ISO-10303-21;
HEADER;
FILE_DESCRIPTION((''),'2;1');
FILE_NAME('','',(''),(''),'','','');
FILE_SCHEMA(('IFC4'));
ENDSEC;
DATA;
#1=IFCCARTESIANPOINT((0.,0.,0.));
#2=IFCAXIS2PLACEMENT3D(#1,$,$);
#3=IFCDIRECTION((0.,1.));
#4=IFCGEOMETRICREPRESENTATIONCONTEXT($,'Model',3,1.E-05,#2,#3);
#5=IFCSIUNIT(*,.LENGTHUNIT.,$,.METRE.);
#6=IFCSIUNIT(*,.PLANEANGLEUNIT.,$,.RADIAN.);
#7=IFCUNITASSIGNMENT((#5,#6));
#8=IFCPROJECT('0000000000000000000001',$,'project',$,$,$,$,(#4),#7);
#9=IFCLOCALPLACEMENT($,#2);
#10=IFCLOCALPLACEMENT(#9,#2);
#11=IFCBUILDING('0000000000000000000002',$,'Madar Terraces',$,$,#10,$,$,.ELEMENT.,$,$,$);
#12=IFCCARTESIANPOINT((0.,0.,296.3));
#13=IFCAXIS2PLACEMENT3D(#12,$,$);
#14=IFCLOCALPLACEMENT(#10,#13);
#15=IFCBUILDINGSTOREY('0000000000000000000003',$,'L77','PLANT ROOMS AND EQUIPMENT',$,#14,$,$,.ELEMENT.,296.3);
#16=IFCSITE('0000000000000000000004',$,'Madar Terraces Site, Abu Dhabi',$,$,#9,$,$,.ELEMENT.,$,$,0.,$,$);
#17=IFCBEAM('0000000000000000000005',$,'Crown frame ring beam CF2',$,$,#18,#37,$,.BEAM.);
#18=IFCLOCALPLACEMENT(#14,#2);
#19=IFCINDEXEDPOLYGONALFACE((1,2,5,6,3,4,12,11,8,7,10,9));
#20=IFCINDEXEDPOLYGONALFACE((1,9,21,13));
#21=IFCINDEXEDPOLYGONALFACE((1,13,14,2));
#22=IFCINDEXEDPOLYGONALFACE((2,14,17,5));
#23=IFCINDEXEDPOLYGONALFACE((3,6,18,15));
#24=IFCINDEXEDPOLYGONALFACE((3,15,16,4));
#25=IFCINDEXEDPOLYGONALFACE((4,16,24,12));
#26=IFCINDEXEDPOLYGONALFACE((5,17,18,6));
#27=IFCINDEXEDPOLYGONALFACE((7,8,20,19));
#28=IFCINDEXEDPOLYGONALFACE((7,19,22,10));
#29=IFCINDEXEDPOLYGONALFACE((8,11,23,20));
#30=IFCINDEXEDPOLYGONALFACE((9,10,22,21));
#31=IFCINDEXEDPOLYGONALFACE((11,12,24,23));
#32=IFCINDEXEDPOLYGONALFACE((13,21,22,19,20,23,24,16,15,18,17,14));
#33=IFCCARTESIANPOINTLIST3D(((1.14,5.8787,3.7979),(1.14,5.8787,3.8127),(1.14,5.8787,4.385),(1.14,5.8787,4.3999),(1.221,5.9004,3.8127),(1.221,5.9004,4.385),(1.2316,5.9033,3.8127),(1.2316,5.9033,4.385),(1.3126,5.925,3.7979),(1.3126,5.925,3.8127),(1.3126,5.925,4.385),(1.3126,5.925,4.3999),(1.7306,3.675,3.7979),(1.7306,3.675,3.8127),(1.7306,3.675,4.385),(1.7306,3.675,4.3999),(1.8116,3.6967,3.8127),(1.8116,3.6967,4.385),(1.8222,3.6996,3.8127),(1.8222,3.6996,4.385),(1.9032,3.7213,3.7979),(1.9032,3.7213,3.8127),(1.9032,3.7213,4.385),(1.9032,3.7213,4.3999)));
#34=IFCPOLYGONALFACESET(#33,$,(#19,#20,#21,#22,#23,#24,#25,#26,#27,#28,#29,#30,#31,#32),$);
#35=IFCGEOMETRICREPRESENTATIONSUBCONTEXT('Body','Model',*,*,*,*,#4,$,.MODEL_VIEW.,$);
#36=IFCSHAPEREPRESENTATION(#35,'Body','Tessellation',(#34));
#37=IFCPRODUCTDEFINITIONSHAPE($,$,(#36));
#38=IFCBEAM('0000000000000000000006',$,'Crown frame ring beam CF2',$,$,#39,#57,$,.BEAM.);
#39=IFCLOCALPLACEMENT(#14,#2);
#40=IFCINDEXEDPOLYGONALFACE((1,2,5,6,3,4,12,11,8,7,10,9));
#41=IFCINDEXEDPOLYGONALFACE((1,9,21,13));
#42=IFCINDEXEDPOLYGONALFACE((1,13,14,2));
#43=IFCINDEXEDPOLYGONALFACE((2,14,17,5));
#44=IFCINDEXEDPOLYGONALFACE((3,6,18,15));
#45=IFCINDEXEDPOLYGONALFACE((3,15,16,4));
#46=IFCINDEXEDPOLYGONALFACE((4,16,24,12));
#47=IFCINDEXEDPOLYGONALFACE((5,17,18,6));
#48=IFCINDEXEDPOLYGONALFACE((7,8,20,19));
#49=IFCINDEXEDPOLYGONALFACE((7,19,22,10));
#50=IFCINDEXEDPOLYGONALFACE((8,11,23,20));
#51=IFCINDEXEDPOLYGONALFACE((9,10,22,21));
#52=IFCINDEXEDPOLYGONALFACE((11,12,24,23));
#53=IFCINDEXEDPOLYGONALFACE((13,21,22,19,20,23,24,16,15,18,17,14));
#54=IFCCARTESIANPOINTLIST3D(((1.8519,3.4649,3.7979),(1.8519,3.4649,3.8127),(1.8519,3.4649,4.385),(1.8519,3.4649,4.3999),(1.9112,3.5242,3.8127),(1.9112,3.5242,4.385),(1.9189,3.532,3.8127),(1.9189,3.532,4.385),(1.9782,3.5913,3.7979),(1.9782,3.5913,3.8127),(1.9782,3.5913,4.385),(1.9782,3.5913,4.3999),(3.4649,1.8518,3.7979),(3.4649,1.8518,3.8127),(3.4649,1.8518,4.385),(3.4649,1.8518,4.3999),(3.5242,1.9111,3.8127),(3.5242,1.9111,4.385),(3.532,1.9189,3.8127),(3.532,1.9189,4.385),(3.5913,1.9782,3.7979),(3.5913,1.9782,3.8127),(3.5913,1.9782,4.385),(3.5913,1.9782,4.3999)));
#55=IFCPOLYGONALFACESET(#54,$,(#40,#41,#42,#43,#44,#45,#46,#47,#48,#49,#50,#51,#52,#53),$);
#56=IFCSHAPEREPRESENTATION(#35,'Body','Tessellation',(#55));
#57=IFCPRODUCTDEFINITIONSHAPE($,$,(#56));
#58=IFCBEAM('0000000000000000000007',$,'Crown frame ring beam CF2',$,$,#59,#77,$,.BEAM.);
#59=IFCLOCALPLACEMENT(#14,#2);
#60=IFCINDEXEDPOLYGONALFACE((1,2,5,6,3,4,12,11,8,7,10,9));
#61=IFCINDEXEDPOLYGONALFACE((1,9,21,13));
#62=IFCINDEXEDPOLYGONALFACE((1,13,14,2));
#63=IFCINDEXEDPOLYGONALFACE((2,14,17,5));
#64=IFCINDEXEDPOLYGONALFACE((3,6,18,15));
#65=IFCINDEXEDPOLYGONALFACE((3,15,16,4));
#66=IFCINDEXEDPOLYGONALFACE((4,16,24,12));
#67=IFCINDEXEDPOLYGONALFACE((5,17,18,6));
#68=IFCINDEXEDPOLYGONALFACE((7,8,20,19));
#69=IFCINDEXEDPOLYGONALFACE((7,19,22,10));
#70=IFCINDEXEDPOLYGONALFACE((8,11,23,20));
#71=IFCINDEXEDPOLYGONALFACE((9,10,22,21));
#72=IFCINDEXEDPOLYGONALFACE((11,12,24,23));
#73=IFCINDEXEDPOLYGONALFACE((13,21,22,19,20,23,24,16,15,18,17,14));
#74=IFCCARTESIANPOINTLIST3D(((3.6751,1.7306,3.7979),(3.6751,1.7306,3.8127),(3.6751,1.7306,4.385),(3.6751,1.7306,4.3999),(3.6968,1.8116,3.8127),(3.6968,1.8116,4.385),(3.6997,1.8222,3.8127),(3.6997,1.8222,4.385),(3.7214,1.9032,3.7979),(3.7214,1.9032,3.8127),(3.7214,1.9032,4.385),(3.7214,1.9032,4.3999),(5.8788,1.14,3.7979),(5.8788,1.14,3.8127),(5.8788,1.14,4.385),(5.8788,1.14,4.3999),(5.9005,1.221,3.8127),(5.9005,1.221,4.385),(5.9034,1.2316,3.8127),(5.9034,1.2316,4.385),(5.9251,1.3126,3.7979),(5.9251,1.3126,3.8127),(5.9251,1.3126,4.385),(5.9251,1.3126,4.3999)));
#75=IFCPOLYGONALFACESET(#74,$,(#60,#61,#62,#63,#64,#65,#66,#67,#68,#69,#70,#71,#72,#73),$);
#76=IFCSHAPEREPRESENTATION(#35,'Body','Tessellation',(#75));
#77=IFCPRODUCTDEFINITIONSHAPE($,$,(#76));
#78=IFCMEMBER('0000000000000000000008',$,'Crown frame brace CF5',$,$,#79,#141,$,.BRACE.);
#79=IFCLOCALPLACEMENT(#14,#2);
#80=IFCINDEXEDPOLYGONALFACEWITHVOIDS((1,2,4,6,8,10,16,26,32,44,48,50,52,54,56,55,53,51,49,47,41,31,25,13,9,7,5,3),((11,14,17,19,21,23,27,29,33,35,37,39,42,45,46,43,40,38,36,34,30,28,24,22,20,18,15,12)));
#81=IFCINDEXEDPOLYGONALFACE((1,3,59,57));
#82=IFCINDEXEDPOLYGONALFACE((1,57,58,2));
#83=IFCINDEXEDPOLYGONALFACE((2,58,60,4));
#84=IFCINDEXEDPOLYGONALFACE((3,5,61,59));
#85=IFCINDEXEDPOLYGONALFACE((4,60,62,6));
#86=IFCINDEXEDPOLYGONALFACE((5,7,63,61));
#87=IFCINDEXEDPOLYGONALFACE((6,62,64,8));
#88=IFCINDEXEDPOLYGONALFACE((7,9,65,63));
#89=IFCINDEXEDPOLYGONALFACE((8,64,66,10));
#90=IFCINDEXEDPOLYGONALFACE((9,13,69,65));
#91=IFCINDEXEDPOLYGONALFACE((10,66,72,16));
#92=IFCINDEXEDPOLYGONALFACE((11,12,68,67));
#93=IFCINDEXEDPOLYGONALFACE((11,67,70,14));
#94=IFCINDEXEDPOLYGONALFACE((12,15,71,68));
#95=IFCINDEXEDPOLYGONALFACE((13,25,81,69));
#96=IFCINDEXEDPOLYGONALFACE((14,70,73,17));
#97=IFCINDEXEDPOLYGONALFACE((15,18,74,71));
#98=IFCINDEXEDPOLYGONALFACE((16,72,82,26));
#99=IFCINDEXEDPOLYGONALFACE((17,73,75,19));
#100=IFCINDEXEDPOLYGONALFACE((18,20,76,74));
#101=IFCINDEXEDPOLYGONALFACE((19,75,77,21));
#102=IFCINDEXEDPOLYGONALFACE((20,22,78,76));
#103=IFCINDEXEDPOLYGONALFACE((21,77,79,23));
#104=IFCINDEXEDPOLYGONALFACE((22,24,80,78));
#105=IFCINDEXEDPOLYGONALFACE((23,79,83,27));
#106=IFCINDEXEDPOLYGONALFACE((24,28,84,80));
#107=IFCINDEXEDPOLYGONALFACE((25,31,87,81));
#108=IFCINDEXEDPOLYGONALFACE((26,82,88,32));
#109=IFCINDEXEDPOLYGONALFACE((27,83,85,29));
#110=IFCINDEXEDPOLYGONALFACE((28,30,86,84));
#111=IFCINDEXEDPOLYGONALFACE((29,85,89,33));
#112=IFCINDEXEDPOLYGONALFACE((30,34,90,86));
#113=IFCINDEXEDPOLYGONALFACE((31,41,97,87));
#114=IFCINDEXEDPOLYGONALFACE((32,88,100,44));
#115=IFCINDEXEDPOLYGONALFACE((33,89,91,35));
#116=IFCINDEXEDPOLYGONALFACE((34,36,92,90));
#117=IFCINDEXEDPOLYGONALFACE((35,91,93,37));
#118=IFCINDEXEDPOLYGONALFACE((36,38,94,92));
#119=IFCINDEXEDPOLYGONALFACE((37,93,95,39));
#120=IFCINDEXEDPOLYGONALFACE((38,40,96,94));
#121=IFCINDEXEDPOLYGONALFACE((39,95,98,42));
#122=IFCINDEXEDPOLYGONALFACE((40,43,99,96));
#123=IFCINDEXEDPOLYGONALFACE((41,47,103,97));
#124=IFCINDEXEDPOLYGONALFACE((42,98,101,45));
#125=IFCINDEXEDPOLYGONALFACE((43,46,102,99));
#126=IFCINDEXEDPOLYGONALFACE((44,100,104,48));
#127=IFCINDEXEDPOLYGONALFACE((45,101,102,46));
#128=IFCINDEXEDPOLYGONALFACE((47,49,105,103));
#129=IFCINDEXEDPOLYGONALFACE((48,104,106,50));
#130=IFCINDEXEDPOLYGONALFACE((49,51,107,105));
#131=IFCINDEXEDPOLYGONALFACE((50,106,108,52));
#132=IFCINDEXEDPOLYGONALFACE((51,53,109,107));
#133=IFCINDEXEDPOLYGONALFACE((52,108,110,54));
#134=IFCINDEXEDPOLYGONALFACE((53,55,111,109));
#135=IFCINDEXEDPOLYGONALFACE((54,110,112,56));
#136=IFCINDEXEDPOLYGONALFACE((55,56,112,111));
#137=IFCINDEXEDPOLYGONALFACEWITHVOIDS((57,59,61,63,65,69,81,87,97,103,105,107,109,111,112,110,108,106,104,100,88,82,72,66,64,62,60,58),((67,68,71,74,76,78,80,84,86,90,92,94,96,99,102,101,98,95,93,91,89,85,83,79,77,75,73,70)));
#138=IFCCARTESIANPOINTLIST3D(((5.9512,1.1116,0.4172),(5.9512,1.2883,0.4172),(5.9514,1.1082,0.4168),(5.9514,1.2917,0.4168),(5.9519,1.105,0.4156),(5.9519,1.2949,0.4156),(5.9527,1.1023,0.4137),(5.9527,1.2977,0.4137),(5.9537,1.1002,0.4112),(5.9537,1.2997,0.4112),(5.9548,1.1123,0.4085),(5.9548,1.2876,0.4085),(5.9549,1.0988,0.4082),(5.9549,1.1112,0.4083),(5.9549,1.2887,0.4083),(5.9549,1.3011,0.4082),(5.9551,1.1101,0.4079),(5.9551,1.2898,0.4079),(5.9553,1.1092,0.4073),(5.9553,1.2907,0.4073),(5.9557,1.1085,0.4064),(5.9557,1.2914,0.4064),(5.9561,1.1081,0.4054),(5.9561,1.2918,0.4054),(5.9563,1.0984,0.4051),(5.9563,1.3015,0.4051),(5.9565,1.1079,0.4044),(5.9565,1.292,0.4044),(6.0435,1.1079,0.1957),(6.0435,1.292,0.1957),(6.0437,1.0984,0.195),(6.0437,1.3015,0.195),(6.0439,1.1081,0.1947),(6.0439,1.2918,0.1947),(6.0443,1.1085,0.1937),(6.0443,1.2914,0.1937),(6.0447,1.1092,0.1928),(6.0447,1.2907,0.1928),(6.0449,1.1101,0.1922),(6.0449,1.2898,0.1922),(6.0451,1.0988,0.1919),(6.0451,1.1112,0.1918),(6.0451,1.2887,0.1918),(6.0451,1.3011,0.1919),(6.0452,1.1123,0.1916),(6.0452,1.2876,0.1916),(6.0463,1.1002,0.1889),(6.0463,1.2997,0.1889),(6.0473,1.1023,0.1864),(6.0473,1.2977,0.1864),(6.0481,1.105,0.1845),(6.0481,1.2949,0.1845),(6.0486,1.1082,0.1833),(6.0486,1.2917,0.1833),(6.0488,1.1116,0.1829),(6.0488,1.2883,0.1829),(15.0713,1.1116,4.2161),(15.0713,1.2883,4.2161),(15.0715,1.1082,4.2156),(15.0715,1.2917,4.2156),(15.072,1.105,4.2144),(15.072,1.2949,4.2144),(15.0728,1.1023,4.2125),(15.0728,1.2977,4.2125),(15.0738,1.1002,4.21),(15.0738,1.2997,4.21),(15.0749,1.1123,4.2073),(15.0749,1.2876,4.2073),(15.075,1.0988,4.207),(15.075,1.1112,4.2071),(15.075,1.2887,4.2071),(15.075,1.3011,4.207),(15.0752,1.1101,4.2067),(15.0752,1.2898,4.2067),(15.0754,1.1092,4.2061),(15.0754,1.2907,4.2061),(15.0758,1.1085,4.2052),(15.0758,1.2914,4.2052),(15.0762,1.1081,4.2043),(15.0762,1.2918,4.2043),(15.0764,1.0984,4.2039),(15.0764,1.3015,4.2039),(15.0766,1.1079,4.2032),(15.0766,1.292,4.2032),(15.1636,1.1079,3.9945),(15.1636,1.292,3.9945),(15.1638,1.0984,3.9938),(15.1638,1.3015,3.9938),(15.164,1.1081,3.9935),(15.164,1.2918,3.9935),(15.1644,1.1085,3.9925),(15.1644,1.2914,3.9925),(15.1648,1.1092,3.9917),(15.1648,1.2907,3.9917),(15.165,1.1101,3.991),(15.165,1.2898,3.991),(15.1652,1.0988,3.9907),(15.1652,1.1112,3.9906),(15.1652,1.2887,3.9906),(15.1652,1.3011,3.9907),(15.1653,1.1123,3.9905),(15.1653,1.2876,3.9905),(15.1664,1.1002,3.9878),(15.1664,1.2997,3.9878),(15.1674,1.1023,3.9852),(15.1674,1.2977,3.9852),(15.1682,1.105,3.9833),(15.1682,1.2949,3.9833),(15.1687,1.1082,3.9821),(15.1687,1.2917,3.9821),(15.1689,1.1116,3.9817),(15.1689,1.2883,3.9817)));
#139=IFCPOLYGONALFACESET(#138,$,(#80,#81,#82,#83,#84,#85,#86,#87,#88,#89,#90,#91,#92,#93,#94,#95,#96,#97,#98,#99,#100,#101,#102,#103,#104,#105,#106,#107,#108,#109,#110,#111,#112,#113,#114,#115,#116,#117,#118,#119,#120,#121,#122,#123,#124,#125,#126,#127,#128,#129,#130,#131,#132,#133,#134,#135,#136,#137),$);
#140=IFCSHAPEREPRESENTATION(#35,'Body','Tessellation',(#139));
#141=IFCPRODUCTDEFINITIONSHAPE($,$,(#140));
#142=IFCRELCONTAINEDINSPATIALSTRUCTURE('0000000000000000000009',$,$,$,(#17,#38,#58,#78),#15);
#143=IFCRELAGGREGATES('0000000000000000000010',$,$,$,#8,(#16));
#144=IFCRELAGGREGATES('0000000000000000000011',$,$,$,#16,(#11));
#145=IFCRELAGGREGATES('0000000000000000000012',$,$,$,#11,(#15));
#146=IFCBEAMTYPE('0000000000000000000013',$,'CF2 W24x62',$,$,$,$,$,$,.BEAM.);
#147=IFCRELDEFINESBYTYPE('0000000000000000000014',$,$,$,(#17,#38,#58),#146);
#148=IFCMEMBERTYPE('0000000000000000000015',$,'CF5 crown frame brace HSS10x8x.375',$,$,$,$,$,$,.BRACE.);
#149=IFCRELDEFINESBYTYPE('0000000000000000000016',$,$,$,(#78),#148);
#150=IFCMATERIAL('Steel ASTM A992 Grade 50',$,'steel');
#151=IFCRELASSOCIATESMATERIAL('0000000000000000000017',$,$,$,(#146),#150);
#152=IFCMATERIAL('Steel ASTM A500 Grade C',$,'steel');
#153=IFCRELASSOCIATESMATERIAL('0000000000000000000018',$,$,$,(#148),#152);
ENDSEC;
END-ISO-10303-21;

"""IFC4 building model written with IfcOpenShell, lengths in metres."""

from ifc_helpers import new_model, si_unit, direction, frame, origin, origin_2d, place, context, subcontext, project, spatial, hollow_rectangle, i_section, extrude, material, material_profile, profile_set, type_object, element, save


model = new_model("IFC4")

# Units and contexts
model_context = context("Model", 3, precision=1e-05, world=origin(), true_north=direction((0.0, 1.0)))
body_context = subcontext(model_context, "Body", "Model", "MODEL_VIEW")
ifc_project = project(units=[si_unit("LENGTHUNIT", "METRE"), si_unit("PLANEANGLEUNIT", "RADIAN")], contexts=[model_context])

# Site, building, storey
site_placement = place(None, origin())
site = spatial("IfcSite", under=ifc_project, at=site_placement, Name="Madar Terraces Site, Abu Dhabi", CompositionType="ELEMENT", RefElevation=0.0)
building_placement = place(site_placement, origin())
building = spatial("IfcBuilding", under=site, at=building_placement, Name="Madar Terraces", CompositionType="ELEMENT")
storey_placement = place(building_placement, frame((0.0, 0.0, 296.3)))
storey = spatial("IfcBuildingStorey", under=building, at=storey_placement, Name="L77", Description="PLANT ROOMS AND EQUIPMENT", CompositionType="ELEMENT", Elevation=296.3)

# Beams
ifc_material_1 = material(Name="Steel ASTM A992 Grade 50", Category="steel")
ifc_material_profile_1 = material_profile(ifc_material_1, i_section(OverallWidth=0.1787, OverallDepth=0.6021, WebThickness=0.011, FlangeThickness=0.0149, at=origin_2d()), Name="W24x62")
ifc_profile_set_1 = profile_set([ifc_material_profile_1], Name="Steel ASTM A992 Grade 50")
beam_type = type_object("IfcBeamType", Name="CF2 W24x62", PredefinedType="BEAM", material=ifc_profile_set_1)
beam_1_placement = place(storey_placement, frame((1.2263, 5.9019, 4.0989), z_axis=(0.258868, -0.965913, 0.0), x_axis=(0.965913, 0.258868, 0.0)))
element("IfcBeam", 1, at=beam_1_placement, inside=storey, type_object=beam_type, Name="Crown frame ring beam CF2", PredefinedType="BEAM", context=body_context, shape_type="SweptSolid", body=[
    extrude(i_section(OverallWidth=0.1787, OverallDepth=0.6021, WebThickness=0.011, FlangeThickness=0.0149, at=origin_2d()), origin(), (0.0, 0.0, 1.0), 2.2815),
])
beam_2_placement = place(storey_placement, frame((1.915, 3.5281, 4.0989), z_axis=(0.707107, -0.707107, 0.0), x_axis=(0.707107, 0.707107, 0.0)))
element("IfcBeam", 2, at=beam_2_placement, inside=storey, type_object=beam_type, Name="Crown frame ring beam CF2", PredefinedType="BEAM", context=body_context, shape_type="SweptSolid", body=[
    extrude(i_section(OverallWidth=0.1787, OverallDepth=0.6021, WebThickness=0.011, FlangeThickness=0.0149, at=origin_2d()), origin(), (0.0, 0.0, 1.0), 2.2812),
])
beam_3_placement = place(storey_placement, frame((3.6982, 1.8169, 4.0989), z_axis=(0.965913, -0.258868, 0.0), x_axis=(0.258868, 0.965913, 0.0)))
element("IfcBeam", 3, at=beam_3_placement, inside=storey, type_object=beam_type, Name="Crown frame ring beam CF2", PredefinedType="BEAM", context=body_context, shape_type="SweptSolid", body=[
    extrude(i_section(OverallWidth=0.1787, OverallDepth=0.6021, WebThickness=0.011, FlangeThickness=0.0149, at=origin_2d()), origin(), (0.0, 0.0, 1.0), 2.2815),
])

# Member
ifc_material_2 = material(Name="Steel ASTM A500 Grade C", Category="steel")
ifc_material_profile_2 = material_profile(ifc_material_2, hollow_rectangle(XDim=0.2031, YDim=0.2539, WallThickness=0.0095, InnerFilletRadius=0.0044, OuterFilletRadius=0.0132, at=origin_2d()), Name="HSS10x8x.375")
ifc_profile_set_2 = profile_set([ifc_material_profile_2], Name="Steel ASTM A500 Grade C")
member_type_1 = type_object("IfcMemberType", Name="CF5 crown frame brace HSS10x8x.375", PredefinedType="BRACE", material=ifc_profile_set_2)
member_1_placement = place(storey_placement, frame((6.0, 1.2, 0.3), z_axis=(0.923121, 0.0, 0.38451), x_axis=(0.0, 1.0, 0.0)))
element("IfcMember", 4, at=member_1_placement, inside=storey, type_object=member_type_1, Name="Crown frame brace CF5", PredefinedType="BRACE", context=body_context, shape_type="SweptSolid", body=[
    extrude(hollow_rectangle(XDim=0.2031, YDim=0.2539, WallThickness=0.0095, InnerFilletRadius=0.0044, OuterFilletRadius=0.0132, at=origin_2d()), origin(), (0.0, 0.0, 1.0), 9.8796),
])

save(model, "model.ifc")
